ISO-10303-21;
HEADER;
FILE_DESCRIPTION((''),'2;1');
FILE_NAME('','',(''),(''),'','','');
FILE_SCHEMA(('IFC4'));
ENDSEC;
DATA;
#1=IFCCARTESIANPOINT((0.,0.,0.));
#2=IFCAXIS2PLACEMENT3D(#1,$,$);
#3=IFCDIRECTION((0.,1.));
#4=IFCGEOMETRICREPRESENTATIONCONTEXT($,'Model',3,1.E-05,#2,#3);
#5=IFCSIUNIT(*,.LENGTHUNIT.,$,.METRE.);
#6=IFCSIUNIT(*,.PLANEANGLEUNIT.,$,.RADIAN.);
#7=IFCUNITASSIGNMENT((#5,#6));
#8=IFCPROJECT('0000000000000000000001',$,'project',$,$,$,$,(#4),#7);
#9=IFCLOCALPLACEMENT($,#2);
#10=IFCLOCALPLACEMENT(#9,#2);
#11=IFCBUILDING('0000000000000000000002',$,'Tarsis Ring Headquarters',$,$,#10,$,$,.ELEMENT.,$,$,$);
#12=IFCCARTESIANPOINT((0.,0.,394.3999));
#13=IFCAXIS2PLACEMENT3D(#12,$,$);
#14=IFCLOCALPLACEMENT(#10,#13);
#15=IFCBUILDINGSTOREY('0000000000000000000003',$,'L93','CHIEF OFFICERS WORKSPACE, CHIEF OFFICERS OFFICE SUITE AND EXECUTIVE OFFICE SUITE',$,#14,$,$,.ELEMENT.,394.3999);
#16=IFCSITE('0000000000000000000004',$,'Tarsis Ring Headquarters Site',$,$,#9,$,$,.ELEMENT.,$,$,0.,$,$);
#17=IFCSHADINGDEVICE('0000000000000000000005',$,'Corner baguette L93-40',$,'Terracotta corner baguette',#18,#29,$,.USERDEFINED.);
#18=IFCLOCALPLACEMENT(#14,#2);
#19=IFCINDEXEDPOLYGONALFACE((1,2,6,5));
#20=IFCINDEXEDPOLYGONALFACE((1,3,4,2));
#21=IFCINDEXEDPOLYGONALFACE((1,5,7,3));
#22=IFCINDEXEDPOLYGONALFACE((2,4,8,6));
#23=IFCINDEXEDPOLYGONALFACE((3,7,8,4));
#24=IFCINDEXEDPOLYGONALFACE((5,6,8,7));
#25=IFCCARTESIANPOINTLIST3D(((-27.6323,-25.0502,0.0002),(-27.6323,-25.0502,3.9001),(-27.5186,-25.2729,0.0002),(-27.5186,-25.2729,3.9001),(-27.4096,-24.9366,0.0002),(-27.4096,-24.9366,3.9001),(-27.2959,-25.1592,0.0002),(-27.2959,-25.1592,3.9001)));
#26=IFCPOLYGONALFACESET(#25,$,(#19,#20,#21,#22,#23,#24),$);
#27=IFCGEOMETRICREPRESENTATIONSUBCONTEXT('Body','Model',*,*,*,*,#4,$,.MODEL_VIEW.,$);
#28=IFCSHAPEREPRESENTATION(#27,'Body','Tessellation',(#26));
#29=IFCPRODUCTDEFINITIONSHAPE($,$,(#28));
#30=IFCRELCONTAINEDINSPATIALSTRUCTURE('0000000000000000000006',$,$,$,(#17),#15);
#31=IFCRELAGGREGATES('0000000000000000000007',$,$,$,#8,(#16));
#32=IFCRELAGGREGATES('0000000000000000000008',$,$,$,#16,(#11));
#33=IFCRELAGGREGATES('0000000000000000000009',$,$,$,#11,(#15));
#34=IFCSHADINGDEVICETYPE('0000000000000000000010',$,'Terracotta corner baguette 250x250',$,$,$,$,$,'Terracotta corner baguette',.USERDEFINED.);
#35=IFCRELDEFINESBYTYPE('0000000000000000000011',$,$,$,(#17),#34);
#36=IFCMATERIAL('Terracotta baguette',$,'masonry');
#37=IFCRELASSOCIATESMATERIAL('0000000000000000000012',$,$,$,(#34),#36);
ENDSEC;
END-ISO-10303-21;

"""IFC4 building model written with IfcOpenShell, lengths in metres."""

from ifc_helpers import new_model, si_unit, direction, frame, origin, origin_2d, place, context, subcontext, project, spatial, rectangle, extrude, material, type_object, element, save


model = new_model("IFC4")

# Units and contexts
model_context = context("Model", 3, precision=1e-05, world=origin(), true_north=direction((0.0, 1.0)))
body_context = subcontext(model_context, "Body", "Model", "MODEL_VIEW")
ifc_project = project(units=[si_unit("LENGTHUNIT", "METRE"), si_unit("PLANEANGLEUNIT", "RADIAN")], contexts=[model_context])

# Site, building, storey
site_placement = place(None, origin())
site = spatial("IfcSite", under=ifc_project, at=site_placement, Name="Tarsis Ring Headquarters Site", CompositionType="ELEMENT", RefElevation=0.0)
building_placement = place(site_placement, origin())
building = spatial("IfcBuilding", under=site, at=building_placement, Name="Tarsis Ring Headquarters", CompositionType="ELEMENT")
storey_placement = place(building_placement, frame((0.0, 0.0, 394.3999)))
storey = spatial("IfcBuildingStorey", under=building, at=storey_placement, Name="L93", Description="CHIEF OFFICERS WORKSPACE, CHIEF OFFICERS OFFICE SUITE AND EXECUTIVE OFFICE SUITE", CompositionType="ELEMENT", Elevation=394.3999)

# Shading device
ifc_material_1 = material(Name="Terracotta baguette", Category="masonry")
shading_device_type_1 = type_object("IfcShadingDeviceType", Name="Terracotta corner baguette 250x250", ElementType="Terracotta corner baguette", PredefinedType="USERDEFINED", material=ifc_material_1)
for number, where, z_axis, x_axis, name in (
    (1, (-27.4641, -25.1047, 0.0002), (0.0, 0.0, 1.0), (0.890689, 0.454612, 0.0), "Corner baguette L93-40"),
):
    element("IfcShadingDevice", number, at=place(storey_placement, frame(where, z_axis=z_axis, x_axis=x_axis)), inside=storey, type_object=shading_device_type_1, Name=name, ObjectType="Terracotta corner baguette", PredefinedType="USERDEFINED", context=body_context, shape_type="SweptSolid", body=[
        extrude(rectangle(XDim=0.25, YDim=0.25, at=origin_2d()), origin(), (0.0, 0.0, 1.0), 3.8999),
    ])

save(model, "model.ifc")
